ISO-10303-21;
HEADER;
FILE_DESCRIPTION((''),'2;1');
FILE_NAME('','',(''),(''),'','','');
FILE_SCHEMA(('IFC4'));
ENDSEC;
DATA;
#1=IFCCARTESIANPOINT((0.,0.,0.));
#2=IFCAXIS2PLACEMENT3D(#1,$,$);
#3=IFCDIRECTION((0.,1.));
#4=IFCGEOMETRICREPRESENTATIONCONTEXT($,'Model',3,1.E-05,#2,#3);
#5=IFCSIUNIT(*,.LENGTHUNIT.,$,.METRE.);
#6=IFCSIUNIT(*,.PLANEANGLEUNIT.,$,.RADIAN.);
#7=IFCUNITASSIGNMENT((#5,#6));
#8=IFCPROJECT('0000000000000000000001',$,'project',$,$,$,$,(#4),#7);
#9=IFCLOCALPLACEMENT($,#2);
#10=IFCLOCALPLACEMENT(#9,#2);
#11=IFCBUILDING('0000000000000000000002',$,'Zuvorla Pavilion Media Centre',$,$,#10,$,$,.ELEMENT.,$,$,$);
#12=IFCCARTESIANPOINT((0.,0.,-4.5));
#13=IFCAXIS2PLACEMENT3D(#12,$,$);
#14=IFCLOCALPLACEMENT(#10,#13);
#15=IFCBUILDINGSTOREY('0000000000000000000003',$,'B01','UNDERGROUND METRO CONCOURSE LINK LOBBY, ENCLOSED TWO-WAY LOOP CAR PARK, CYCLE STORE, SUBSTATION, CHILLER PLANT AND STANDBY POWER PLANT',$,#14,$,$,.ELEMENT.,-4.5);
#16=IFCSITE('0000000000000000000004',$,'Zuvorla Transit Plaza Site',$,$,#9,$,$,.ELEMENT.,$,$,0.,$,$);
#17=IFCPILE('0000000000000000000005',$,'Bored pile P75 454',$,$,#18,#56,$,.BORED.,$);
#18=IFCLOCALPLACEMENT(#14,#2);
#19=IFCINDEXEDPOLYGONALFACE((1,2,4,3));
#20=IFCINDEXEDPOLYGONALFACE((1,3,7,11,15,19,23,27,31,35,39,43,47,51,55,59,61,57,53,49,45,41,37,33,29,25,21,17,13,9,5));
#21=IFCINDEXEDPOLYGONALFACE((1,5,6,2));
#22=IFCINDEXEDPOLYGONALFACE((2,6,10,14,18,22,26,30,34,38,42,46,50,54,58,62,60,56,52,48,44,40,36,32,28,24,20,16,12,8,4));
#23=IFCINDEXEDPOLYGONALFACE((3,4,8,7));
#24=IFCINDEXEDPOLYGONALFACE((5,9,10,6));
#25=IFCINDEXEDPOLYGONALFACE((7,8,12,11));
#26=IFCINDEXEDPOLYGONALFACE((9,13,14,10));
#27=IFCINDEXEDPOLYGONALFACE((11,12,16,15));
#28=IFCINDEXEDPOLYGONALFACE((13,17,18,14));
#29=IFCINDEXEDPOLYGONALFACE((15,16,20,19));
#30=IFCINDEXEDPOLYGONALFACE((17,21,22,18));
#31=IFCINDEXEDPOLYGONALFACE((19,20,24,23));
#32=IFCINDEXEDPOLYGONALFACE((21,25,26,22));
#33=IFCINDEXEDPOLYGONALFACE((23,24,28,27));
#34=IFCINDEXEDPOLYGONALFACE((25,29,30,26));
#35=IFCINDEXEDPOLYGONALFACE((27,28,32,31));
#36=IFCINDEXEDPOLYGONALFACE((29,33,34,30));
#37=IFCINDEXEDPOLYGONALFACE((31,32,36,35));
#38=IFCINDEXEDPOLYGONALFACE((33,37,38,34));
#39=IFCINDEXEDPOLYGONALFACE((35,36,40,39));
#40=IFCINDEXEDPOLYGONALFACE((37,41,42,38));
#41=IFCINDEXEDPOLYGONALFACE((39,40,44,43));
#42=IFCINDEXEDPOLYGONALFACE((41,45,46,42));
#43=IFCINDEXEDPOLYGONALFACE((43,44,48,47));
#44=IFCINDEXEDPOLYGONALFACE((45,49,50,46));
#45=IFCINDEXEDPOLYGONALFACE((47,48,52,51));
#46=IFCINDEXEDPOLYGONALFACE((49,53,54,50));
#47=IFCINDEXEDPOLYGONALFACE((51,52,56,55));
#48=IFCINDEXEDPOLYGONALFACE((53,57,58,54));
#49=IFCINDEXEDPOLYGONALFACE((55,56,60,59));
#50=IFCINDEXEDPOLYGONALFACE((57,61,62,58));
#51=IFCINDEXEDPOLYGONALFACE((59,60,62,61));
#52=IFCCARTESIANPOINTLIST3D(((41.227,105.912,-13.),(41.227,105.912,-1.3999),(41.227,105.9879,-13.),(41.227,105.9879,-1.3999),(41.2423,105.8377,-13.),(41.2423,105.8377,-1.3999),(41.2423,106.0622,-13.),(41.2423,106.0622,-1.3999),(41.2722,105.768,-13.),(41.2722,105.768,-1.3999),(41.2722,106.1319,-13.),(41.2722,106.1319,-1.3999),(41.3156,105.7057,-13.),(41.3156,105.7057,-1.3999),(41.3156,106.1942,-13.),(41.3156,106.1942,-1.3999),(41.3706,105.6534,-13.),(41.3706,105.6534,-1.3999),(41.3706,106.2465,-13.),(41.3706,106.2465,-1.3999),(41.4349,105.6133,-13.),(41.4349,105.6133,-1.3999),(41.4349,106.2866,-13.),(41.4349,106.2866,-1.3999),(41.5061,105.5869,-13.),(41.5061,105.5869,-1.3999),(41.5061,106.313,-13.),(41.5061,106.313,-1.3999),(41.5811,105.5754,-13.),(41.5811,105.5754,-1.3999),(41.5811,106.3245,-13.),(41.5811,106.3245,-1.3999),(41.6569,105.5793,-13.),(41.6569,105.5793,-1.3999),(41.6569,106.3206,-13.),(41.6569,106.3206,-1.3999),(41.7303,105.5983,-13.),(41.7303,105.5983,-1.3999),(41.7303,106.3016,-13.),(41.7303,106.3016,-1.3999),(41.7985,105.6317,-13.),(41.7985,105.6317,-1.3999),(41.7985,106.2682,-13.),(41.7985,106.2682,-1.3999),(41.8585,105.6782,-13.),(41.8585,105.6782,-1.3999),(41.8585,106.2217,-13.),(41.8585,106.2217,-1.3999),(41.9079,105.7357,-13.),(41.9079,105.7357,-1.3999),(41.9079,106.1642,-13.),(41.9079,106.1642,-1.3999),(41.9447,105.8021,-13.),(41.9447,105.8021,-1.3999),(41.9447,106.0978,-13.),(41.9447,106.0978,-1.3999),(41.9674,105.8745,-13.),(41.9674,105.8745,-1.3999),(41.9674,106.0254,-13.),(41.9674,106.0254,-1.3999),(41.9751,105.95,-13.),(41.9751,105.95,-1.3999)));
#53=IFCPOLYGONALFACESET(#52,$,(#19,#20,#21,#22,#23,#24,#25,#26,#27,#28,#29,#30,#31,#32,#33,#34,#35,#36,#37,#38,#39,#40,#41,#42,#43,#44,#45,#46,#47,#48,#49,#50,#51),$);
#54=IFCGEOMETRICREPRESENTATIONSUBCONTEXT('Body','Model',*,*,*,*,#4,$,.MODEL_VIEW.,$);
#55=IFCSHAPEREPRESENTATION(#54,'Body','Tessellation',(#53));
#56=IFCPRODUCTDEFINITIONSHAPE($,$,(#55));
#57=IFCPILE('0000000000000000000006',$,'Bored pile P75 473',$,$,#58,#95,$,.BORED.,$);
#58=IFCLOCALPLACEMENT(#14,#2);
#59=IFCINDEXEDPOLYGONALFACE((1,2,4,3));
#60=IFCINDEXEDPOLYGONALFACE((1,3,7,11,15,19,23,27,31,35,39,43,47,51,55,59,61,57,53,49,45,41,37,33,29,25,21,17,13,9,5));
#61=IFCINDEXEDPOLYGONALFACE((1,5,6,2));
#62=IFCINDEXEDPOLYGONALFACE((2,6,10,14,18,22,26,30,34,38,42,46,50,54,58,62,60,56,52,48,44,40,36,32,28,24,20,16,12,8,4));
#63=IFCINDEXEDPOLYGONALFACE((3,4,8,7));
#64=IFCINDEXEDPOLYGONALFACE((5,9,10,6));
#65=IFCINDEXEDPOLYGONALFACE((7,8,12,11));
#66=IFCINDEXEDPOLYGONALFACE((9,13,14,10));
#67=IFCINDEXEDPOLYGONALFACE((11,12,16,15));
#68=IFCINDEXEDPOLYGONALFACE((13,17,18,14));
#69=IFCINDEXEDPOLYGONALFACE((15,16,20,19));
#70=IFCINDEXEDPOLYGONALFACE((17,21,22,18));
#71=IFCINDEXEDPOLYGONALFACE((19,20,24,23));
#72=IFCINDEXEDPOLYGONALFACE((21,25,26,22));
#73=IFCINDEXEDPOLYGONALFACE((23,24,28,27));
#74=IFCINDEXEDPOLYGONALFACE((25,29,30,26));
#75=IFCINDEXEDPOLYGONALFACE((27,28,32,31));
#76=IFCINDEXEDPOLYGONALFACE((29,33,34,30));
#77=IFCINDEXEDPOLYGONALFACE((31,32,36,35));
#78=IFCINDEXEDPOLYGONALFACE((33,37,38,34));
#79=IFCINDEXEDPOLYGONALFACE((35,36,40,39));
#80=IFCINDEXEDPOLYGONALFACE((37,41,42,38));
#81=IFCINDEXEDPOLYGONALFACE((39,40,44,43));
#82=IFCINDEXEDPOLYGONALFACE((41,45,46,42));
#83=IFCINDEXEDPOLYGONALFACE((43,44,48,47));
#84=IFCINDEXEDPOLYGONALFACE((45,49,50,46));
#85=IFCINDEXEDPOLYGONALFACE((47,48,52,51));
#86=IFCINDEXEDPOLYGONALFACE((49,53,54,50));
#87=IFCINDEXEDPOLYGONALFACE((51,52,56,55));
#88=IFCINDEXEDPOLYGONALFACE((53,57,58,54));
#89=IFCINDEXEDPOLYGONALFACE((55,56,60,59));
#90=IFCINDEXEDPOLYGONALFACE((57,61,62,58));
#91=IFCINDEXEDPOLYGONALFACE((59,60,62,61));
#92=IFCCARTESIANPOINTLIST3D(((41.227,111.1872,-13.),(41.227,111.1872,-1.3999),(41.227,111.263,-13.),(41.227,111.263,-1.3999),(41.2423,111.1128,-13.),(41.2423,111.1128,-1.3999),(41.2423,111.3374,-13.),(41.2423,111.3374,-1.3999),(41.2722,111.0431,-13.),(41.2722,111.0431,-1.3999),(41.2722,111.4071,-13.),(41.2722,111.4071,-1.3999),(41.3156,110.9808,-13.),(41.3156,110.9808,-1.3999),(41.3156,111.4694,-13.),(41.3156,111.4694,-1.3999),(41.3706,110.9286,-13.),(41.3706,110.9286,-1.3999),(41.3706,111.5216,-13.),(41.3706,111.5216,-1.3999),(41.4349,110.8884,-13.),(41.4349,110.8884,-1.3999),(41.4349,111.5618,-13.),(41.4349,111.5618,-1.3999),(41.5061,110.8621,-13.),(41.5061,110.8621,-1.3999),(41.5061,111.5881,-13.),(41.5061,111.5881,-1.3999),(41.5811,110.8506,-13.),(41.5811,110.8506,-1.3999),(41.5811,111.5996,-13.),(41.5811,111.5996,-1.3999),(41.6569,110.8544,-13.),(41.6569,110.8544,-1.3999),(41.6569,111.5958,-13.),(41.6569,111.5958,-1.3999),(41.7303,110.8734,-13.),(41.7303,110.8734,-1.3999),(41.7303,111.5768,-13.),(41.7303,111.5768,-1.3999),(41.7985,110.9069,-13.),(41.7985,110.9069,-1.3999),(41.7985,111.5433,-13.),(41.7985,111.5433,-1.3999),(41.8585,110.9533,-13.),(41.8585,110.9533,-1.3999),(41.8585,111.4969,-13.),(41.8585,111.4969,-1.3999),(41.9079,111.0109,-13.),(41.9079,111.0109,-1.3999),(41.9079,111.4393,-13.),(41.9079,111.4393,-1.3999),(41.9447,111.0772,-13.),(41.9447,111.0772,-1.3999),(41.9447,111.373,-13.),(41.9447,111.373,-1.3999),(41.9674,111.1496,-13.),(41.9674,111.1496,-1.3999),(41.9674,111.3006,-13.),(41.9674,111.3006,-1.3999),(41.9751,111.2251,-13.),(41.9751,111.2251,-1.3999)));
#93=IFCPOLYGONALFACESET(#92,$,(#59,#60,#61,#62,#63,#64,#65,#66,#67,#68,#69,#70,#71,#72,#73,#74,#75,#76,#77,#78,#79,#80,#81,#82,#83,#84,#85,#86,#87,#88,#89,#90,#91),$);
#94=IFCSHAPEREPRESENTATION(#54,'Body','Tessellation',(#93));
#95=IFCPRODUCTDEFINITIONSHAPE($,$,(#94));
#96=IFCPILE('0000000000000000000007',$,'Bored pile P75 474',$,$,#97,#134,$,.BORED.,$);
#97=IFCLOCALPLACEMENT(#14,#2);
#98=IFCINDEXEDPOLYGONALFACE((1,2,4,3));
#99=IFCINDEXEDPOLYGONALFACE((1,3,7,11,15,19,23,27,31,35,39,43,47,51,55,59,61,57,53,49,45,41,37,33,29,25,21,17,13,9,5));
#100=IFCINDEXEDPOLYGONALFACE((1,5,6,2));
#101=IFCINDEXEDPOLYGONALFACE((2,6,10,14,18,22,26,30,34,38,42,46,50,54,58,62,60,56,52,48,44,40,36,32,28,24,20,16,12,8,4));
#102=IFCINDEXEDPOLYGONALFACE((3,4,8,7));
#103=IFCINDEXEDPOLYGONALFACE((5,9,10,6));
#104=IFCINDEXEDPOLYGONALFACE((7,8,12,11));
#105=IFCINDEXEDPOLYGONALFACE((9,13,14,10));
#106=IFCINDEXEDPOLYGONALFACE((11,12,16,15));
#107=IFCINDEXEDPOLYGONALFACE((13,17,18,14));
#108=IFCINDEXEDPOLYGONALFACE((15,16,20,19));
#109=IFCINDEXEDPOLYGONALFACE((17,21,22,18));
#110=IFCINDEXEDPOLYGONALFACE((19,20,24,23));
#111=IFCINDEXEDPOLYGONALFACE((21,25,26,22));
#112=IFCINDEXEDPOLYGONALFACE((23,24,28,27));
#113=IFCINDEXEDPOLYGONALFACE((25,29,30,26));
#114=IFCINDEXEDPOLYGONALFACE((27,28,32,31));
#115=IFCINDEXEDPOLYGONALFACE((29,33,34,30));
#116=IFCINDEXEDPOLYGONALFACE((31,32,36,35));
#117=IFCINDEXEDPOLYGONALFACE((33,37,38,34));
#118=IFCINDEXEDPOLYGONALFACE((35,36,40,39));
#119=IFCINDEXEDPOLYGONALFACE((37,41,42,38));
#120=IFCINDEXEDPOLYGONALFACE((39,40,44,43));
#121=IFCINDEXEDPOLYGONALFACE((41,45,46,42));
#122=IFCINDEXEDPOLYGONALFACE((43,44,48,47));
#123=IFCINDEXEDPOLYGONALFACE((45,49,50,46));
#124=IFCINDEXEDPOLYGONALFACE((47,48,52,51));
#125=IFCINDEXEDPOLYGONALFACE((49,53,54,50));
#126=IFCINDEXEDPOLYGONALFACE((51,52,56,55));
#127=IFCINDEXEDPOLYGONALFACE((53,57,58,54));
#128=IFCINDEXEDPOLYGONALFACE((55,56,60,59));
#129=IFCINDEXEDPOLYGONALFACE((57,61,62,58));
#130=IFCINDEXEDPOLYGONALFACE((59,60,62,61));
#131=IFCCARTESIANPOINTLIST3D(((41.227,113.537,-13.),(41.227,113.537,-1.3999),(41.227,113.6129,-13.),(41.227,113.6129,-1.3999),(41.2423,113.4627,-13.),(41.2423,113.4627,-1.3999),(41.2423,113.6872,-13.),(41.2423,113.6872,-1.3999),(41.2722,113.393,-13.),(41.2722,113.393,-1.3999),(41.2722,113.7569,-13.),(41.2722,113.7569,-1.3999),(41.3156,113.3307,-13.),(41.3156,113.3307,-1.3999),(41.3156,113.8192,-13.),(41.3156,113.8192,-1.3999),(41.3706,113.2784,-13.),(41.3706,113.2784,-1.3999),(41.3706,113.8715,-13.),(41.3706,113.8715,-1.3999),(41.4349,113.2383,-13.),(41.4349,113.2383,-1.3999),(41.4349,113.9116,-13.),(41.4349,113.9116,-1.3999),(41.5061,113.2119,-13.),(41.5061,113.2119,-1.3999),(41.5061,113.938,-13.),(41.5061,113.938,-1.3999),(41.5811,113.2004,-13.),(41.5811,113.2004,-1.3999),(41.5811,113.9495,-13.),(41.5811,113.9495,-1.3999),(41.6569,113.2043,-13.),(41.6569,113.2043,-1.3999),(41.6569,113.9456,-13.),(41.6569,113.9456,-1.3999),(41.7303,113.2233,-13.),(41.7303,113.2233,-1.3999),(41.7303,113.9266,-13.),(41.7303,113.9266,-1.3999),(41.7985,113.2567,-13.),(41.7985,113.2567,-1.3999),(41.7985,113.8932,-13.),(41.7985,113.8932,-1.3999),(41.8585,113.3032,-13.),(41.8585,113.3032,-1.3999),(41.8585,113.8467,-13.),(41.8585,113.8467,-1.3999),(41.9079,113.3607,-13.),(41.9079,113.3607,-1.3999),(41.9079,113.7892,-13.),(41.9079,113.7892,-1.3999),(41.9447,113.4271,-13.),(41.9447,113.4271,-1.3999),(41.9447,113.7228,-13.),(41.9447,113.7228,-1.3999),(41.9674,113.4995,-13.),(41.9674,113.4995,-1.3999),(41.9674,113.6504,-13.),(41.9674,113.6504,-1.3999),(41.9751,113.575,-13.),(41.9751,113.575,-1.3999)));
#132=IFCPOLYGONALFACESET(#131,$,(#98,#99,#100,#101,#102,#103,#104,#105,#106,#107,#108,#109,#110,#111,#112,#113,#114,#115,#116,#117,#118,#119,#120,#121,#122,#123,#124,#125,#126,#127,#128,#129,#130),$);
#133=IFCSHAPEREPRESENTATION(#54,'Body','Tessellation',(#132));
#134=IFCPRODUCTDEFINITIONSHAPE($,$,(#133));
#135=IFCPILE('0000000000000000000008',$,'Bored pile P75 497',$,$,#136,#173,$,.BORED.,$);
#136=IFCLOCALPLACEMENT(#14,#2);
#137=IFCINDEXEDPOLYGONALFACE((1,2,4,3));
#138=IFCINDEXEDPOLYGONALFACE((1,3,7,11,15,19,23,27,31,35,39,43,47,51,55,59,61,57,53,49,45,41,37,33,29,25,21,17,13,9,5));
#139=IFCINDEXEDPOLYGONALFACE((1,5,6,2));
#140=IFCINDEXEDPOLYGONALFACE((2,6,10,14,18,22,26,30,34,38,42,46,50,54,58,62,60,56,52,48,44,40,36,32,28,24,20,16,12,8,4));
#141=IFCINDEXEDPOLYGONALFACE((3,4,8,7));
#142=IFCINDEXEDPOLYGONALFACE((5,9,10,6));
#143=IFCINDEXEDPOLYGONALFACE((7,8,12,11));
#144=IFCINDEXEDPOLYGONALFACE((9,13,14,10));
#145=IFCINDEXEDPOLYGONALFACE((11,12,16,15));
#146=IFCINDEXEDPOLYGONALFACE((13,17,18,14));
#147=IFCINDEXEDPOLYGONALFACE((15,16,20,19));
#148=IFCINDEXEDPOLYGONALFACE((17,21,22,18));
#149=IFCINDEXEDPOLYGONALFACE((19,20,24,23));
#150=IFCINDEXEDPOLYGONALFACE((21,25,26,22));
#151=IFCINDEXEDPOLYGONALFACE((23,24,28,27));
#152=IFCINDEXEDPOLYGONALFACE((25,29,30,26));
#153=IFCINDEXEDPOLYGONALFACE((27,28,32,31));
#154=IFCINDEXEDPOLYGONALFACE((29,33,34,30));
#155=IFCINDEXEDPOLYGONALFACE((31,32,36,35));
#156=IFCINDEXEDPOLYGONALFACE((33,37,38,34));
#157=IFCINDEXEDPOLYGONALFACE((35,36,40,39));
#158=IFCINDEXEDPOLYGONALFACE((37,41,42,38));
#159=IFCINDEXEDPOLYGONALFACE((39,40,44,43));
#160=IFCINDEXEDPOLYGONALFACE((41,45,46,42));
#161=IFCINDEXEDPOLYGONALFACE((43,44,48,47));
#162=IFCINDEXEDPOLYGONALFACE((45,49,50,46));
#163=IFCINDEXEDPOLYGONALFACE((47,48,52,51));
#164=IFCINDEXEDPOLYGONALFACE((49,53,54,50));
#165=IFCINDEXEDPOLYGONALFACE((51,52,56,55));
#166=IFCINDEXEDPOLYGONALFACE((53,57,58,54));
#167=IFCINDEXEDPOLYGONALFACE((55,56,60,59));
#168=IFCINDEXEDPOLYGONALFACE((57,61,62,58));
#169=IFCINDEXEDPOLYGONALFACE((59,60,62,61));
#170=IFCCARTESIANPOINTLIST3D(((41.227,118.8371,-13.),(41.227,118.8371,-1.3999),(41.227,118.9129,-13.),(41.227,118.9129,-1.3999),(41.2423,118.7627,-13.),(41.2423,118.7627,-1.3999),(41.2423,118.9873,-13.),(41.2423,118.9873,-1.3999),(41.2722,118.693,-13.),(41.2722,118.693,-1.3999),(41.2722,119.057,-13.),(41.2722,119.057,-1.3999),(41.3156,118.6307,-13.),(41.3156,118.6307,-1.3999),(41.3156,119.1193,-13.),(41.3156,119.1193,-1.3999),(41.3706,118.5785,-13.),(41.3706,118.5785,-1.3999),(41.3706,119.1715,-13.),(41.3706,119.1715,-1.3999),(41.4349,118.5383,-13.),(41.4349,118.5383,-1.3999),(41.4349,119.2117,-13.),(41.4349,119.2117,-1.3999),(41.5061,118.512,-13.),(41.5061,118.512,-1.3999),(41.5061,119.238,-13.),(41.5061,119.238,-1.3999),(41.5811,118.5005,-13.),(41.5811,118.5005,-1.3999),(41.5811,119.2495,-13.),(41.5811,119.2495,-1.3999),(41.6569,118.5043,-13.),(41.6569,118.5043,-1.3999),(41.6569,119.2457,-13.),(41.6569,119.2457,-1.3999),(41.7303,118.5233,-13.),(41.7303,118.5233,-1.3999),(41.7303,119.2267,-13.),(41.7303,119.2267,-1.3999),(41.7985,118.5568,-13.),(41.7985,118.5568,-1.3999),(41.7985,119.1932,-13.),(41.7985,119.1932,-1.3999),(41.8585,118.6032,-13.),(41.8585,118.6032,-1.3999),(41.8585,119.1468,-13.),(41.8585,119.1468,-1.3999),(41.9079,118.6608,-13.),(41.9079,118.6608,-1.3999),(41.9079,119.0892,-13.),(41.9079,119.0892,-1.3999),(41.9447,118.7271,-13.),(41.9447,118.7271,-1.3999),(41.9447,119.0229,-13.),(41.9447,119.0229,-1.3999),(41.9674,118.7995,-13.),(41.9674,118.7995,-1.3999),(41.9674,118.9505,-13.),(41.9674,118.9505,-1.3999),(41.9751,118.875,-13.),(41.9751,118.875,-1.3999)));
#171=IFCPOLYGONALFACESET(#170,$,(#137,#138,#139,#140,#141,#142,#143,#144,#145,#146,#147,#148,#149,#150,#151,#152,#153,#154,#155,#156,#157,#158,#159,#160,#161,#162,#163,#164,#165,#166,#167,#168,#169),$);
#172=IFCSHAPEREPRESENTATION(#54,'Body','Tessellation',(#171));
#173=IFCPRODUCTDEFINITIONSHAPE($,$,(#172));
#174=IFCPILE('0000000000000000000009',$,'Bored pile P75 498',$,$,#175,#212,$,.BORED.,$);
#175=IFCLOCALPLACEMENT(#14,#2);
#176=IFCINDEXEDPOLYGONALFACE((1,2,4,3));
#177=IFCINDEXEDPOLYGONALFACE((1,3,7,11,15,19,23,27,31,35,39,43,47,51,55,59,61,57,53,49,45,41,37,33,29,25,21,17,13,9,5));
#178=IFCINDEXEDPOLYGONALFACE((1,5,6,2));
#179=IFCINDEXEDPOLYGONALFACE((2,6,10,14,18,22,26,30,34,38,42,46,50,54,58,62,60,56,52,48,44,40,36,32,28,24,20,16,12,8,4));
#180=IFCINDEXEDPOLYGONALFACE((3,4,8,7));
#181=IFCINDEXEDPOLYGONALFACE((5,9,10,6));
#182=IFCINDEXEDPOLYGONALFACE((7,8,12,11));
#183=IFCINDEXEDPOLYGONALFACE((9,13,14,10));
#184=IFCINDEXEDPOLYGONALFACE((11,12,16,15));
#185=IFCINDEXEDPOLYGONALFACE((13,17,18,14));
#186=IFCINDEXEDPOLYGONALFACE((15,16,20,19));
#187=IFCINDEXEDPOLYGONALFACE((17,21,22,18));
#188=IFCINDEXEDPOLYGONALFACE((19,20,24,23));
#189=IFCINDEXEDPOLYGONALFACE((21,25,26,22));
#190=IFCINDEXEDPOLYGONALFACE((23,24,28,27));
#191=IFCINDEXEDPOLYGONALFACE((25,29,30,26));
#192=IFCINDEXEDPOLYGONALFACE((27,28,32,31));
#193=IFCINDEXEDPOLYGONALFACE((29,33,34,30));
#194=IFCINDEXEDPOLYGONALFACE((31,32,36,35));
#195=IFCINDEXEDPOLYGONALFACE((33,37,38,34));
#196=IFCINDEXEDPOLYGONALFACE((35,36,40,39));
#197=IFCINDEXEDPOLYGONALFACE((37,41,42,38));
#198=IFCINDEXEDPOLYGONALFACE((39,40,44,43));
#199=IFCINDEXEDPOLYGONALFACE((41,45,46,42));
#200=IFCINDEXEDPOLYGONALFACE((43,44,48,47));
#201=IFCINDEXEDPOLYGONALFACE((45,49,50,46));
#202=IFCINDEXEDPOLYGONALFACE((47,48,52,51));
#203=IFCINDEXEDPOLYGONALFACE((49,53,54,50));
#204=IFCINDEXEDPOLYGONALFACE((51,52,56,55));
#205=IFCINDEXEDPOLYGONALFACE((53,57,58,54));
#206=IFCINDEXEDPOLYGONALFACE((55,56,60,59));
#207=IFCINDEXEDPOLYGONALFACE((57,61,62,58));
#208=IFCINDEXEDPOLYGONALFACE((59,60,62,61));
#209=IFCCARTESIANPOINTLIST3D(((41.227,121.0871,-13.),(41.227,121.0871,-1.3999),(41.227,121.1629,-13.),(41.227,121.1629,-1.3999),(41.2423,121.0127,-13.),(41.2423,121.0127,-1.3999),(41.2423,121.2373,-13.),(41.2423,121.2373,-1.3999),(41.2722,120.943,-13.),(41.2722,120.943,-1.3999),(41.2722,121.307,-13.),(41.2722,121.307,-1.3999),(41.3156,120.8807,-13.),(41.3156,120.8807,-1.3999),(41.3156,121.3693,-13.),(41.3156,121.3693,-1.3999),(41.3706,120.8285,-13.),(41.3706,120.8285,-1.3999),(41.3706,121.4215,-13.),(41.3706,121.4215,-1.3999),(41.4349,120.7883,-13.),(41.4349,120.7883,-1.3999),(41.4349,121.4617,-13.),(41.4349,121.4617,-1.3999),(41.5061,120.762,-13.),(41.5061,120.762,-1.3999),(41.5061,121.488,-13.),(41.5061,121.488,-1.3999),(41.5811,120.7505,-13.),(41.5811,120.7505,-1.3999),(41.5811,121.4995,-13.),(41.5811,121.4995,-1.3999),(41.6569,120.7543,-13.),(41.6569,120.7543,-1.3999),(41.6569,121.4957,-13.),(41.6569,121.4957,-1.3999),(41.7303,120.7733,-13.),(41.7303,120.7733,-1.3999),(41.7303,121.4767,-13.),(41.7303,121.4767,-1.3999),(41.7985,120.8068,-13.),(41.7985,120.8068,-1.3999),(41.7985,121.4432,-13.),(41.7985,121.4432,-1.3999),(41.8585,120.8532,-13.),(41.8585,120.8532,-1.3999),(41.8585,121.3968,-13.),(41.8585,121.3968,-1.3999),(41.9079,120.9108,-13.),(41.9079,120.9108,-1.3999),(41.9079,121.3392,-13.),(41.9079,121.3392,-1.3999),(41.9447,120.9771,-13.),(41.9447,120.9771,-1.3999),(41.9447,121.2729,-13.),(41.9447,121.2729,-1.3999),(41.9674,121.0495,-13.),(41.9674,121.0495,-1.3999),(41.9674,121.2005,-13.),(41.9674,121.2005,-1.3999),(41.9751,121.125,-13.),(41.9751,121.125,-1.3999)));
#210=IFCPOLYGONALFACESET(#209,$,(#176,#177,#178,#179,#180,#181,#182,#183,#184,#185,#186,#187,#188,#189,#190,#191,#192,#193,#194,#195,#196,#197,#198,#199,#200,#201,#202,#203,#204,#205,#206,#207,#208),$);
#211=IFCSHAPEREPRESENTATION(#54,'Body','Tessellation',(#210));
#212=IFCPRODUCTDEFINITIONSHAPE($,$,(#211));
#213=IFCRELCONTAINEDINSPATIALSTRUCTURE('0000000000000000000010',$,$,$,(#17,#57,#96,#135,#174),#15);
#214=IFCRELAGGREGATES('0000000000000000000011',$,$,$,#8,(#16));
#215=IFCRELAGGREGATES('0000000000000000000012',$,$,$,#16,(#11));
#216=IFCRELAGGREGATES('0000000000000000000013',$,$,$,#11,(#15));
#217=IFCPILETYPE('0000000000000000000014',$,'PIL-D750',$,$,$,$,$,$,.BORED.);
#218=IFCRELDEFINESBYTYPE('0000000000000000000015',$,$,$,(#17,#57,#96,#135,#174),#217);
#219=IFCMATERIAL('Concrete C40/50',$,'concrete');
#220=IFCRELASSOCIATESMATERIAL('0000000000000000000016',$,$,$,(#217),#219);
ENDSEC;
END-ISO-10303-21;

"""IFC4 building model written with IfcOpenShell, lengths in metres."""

from ifc_helpers import new_model, si_unit, direction, frame, origin, origin_2d, place, context, subcontext, project, spatial, circle, extrude, material, material_profile, profile_set, type_object, element, save


model = new_model("IFC4")

# Units and contexts
model_context = context("Model", 3, precision=1e-05, world=origin(), true_north=direction((0.0, 1.0)))
body_context = subcontext(model_context, "Body", "Model", "MODEL_VIEW")
ifc_project = project(units=[si_unit("LENGTHUNIT", "METRE"), si_unit("PLANEANGLEUNIT", "RADIAN")], contexts=[model_context])

# Site, building, storey
site_placement = place(None, origin())
site = spatial("IfcSite", under=ifc_project, at=site_placement, Name="Zuvorla Transit Plaza Site", CompositionType="ELEMENT", RefElevation=0.0)
building_placement = place(site_placement, origin())
building = spatial("IfcBuilding", under=site, at=building_placement, Name="Zuvorla Pavilion Media Centre", CompositionType="ELEMENT")
storey_placement = place(building_placement, frame((0.0, 0.0, -4.5)))
storey = spatial("IfcBuildingStorey", under=building, at=storey_placement, Name="B01", Description="UNDERGROUND METRO CONCOURSE LINK LOBBY, ENCLOSED TWO-WAY LOOP CAR PARK, CYCLE STORE, SUBSTATION, CHILLER PLANT AND STANDBY POWER PLANT", CompositionType="ELEMENT", Elevation=-4.5)

# Shared definitions
ifc_material_1 = material(Name="Concrete C40/50", Category="concrete")

# Piles
ifc_material_profile_1 = material_profile(ifc_material_1, circle(Radius=0.375, at=origin_2d()), Name="BORED PILE 750")
ifc_profile_set_1 = profile_set([ifc_material_profile_1], Name="Concrete C40/50")
pile_type = type_object("IfcPileType", Name="PIL-D750", PredefinedType="BORED", material=ifc_profile_set_1)
for number, where, z_axis, x_axis, name in (
    (1, (41.6001, 105.95, -1.3999), (0.0, 0.0, -1.0), (1.0, 0.0, 0.0), "Bored pile P75 454"),
    (2, (41.6001, 111.2251, -1.3999), (0.0, 0.0, -1.0), (1.0, 0.0, 0.0), "Bored pile P75 473"),
    (3, (41.6001, 113.575, -1.3999), (0.0, 0.0, -1.0), (1.0, 0.0, 0.0), "Bored pile P75 474"),
    (4, (41.6001, 118.875, -1.3999), (0.0, 0.0, -1.0), (1.0, 0.0, 0.0), "Bored pile P75 497"),
    (5, (41.6001, 121.125, -1.3999), (0.0, 0.0, -1.0), (1.0, 0.0, 0.0), "Bored pile P75 498"),
):
    element("IfcPile", number, at=place(storey_placement, frame(where, z_axis=z_axis, x_axis=x_axis)), inside=storey, type_object=pile_type, Name=name, PredefinedType="BORED", context=body_context, shape_type="SweptSolid", body=[
        extrude(circle(Radius=0.375, at=origin_2d()), origin(), (0.0, 0.0, 1.0), 11.6001),
    ])

save(model, "model.ifc")
